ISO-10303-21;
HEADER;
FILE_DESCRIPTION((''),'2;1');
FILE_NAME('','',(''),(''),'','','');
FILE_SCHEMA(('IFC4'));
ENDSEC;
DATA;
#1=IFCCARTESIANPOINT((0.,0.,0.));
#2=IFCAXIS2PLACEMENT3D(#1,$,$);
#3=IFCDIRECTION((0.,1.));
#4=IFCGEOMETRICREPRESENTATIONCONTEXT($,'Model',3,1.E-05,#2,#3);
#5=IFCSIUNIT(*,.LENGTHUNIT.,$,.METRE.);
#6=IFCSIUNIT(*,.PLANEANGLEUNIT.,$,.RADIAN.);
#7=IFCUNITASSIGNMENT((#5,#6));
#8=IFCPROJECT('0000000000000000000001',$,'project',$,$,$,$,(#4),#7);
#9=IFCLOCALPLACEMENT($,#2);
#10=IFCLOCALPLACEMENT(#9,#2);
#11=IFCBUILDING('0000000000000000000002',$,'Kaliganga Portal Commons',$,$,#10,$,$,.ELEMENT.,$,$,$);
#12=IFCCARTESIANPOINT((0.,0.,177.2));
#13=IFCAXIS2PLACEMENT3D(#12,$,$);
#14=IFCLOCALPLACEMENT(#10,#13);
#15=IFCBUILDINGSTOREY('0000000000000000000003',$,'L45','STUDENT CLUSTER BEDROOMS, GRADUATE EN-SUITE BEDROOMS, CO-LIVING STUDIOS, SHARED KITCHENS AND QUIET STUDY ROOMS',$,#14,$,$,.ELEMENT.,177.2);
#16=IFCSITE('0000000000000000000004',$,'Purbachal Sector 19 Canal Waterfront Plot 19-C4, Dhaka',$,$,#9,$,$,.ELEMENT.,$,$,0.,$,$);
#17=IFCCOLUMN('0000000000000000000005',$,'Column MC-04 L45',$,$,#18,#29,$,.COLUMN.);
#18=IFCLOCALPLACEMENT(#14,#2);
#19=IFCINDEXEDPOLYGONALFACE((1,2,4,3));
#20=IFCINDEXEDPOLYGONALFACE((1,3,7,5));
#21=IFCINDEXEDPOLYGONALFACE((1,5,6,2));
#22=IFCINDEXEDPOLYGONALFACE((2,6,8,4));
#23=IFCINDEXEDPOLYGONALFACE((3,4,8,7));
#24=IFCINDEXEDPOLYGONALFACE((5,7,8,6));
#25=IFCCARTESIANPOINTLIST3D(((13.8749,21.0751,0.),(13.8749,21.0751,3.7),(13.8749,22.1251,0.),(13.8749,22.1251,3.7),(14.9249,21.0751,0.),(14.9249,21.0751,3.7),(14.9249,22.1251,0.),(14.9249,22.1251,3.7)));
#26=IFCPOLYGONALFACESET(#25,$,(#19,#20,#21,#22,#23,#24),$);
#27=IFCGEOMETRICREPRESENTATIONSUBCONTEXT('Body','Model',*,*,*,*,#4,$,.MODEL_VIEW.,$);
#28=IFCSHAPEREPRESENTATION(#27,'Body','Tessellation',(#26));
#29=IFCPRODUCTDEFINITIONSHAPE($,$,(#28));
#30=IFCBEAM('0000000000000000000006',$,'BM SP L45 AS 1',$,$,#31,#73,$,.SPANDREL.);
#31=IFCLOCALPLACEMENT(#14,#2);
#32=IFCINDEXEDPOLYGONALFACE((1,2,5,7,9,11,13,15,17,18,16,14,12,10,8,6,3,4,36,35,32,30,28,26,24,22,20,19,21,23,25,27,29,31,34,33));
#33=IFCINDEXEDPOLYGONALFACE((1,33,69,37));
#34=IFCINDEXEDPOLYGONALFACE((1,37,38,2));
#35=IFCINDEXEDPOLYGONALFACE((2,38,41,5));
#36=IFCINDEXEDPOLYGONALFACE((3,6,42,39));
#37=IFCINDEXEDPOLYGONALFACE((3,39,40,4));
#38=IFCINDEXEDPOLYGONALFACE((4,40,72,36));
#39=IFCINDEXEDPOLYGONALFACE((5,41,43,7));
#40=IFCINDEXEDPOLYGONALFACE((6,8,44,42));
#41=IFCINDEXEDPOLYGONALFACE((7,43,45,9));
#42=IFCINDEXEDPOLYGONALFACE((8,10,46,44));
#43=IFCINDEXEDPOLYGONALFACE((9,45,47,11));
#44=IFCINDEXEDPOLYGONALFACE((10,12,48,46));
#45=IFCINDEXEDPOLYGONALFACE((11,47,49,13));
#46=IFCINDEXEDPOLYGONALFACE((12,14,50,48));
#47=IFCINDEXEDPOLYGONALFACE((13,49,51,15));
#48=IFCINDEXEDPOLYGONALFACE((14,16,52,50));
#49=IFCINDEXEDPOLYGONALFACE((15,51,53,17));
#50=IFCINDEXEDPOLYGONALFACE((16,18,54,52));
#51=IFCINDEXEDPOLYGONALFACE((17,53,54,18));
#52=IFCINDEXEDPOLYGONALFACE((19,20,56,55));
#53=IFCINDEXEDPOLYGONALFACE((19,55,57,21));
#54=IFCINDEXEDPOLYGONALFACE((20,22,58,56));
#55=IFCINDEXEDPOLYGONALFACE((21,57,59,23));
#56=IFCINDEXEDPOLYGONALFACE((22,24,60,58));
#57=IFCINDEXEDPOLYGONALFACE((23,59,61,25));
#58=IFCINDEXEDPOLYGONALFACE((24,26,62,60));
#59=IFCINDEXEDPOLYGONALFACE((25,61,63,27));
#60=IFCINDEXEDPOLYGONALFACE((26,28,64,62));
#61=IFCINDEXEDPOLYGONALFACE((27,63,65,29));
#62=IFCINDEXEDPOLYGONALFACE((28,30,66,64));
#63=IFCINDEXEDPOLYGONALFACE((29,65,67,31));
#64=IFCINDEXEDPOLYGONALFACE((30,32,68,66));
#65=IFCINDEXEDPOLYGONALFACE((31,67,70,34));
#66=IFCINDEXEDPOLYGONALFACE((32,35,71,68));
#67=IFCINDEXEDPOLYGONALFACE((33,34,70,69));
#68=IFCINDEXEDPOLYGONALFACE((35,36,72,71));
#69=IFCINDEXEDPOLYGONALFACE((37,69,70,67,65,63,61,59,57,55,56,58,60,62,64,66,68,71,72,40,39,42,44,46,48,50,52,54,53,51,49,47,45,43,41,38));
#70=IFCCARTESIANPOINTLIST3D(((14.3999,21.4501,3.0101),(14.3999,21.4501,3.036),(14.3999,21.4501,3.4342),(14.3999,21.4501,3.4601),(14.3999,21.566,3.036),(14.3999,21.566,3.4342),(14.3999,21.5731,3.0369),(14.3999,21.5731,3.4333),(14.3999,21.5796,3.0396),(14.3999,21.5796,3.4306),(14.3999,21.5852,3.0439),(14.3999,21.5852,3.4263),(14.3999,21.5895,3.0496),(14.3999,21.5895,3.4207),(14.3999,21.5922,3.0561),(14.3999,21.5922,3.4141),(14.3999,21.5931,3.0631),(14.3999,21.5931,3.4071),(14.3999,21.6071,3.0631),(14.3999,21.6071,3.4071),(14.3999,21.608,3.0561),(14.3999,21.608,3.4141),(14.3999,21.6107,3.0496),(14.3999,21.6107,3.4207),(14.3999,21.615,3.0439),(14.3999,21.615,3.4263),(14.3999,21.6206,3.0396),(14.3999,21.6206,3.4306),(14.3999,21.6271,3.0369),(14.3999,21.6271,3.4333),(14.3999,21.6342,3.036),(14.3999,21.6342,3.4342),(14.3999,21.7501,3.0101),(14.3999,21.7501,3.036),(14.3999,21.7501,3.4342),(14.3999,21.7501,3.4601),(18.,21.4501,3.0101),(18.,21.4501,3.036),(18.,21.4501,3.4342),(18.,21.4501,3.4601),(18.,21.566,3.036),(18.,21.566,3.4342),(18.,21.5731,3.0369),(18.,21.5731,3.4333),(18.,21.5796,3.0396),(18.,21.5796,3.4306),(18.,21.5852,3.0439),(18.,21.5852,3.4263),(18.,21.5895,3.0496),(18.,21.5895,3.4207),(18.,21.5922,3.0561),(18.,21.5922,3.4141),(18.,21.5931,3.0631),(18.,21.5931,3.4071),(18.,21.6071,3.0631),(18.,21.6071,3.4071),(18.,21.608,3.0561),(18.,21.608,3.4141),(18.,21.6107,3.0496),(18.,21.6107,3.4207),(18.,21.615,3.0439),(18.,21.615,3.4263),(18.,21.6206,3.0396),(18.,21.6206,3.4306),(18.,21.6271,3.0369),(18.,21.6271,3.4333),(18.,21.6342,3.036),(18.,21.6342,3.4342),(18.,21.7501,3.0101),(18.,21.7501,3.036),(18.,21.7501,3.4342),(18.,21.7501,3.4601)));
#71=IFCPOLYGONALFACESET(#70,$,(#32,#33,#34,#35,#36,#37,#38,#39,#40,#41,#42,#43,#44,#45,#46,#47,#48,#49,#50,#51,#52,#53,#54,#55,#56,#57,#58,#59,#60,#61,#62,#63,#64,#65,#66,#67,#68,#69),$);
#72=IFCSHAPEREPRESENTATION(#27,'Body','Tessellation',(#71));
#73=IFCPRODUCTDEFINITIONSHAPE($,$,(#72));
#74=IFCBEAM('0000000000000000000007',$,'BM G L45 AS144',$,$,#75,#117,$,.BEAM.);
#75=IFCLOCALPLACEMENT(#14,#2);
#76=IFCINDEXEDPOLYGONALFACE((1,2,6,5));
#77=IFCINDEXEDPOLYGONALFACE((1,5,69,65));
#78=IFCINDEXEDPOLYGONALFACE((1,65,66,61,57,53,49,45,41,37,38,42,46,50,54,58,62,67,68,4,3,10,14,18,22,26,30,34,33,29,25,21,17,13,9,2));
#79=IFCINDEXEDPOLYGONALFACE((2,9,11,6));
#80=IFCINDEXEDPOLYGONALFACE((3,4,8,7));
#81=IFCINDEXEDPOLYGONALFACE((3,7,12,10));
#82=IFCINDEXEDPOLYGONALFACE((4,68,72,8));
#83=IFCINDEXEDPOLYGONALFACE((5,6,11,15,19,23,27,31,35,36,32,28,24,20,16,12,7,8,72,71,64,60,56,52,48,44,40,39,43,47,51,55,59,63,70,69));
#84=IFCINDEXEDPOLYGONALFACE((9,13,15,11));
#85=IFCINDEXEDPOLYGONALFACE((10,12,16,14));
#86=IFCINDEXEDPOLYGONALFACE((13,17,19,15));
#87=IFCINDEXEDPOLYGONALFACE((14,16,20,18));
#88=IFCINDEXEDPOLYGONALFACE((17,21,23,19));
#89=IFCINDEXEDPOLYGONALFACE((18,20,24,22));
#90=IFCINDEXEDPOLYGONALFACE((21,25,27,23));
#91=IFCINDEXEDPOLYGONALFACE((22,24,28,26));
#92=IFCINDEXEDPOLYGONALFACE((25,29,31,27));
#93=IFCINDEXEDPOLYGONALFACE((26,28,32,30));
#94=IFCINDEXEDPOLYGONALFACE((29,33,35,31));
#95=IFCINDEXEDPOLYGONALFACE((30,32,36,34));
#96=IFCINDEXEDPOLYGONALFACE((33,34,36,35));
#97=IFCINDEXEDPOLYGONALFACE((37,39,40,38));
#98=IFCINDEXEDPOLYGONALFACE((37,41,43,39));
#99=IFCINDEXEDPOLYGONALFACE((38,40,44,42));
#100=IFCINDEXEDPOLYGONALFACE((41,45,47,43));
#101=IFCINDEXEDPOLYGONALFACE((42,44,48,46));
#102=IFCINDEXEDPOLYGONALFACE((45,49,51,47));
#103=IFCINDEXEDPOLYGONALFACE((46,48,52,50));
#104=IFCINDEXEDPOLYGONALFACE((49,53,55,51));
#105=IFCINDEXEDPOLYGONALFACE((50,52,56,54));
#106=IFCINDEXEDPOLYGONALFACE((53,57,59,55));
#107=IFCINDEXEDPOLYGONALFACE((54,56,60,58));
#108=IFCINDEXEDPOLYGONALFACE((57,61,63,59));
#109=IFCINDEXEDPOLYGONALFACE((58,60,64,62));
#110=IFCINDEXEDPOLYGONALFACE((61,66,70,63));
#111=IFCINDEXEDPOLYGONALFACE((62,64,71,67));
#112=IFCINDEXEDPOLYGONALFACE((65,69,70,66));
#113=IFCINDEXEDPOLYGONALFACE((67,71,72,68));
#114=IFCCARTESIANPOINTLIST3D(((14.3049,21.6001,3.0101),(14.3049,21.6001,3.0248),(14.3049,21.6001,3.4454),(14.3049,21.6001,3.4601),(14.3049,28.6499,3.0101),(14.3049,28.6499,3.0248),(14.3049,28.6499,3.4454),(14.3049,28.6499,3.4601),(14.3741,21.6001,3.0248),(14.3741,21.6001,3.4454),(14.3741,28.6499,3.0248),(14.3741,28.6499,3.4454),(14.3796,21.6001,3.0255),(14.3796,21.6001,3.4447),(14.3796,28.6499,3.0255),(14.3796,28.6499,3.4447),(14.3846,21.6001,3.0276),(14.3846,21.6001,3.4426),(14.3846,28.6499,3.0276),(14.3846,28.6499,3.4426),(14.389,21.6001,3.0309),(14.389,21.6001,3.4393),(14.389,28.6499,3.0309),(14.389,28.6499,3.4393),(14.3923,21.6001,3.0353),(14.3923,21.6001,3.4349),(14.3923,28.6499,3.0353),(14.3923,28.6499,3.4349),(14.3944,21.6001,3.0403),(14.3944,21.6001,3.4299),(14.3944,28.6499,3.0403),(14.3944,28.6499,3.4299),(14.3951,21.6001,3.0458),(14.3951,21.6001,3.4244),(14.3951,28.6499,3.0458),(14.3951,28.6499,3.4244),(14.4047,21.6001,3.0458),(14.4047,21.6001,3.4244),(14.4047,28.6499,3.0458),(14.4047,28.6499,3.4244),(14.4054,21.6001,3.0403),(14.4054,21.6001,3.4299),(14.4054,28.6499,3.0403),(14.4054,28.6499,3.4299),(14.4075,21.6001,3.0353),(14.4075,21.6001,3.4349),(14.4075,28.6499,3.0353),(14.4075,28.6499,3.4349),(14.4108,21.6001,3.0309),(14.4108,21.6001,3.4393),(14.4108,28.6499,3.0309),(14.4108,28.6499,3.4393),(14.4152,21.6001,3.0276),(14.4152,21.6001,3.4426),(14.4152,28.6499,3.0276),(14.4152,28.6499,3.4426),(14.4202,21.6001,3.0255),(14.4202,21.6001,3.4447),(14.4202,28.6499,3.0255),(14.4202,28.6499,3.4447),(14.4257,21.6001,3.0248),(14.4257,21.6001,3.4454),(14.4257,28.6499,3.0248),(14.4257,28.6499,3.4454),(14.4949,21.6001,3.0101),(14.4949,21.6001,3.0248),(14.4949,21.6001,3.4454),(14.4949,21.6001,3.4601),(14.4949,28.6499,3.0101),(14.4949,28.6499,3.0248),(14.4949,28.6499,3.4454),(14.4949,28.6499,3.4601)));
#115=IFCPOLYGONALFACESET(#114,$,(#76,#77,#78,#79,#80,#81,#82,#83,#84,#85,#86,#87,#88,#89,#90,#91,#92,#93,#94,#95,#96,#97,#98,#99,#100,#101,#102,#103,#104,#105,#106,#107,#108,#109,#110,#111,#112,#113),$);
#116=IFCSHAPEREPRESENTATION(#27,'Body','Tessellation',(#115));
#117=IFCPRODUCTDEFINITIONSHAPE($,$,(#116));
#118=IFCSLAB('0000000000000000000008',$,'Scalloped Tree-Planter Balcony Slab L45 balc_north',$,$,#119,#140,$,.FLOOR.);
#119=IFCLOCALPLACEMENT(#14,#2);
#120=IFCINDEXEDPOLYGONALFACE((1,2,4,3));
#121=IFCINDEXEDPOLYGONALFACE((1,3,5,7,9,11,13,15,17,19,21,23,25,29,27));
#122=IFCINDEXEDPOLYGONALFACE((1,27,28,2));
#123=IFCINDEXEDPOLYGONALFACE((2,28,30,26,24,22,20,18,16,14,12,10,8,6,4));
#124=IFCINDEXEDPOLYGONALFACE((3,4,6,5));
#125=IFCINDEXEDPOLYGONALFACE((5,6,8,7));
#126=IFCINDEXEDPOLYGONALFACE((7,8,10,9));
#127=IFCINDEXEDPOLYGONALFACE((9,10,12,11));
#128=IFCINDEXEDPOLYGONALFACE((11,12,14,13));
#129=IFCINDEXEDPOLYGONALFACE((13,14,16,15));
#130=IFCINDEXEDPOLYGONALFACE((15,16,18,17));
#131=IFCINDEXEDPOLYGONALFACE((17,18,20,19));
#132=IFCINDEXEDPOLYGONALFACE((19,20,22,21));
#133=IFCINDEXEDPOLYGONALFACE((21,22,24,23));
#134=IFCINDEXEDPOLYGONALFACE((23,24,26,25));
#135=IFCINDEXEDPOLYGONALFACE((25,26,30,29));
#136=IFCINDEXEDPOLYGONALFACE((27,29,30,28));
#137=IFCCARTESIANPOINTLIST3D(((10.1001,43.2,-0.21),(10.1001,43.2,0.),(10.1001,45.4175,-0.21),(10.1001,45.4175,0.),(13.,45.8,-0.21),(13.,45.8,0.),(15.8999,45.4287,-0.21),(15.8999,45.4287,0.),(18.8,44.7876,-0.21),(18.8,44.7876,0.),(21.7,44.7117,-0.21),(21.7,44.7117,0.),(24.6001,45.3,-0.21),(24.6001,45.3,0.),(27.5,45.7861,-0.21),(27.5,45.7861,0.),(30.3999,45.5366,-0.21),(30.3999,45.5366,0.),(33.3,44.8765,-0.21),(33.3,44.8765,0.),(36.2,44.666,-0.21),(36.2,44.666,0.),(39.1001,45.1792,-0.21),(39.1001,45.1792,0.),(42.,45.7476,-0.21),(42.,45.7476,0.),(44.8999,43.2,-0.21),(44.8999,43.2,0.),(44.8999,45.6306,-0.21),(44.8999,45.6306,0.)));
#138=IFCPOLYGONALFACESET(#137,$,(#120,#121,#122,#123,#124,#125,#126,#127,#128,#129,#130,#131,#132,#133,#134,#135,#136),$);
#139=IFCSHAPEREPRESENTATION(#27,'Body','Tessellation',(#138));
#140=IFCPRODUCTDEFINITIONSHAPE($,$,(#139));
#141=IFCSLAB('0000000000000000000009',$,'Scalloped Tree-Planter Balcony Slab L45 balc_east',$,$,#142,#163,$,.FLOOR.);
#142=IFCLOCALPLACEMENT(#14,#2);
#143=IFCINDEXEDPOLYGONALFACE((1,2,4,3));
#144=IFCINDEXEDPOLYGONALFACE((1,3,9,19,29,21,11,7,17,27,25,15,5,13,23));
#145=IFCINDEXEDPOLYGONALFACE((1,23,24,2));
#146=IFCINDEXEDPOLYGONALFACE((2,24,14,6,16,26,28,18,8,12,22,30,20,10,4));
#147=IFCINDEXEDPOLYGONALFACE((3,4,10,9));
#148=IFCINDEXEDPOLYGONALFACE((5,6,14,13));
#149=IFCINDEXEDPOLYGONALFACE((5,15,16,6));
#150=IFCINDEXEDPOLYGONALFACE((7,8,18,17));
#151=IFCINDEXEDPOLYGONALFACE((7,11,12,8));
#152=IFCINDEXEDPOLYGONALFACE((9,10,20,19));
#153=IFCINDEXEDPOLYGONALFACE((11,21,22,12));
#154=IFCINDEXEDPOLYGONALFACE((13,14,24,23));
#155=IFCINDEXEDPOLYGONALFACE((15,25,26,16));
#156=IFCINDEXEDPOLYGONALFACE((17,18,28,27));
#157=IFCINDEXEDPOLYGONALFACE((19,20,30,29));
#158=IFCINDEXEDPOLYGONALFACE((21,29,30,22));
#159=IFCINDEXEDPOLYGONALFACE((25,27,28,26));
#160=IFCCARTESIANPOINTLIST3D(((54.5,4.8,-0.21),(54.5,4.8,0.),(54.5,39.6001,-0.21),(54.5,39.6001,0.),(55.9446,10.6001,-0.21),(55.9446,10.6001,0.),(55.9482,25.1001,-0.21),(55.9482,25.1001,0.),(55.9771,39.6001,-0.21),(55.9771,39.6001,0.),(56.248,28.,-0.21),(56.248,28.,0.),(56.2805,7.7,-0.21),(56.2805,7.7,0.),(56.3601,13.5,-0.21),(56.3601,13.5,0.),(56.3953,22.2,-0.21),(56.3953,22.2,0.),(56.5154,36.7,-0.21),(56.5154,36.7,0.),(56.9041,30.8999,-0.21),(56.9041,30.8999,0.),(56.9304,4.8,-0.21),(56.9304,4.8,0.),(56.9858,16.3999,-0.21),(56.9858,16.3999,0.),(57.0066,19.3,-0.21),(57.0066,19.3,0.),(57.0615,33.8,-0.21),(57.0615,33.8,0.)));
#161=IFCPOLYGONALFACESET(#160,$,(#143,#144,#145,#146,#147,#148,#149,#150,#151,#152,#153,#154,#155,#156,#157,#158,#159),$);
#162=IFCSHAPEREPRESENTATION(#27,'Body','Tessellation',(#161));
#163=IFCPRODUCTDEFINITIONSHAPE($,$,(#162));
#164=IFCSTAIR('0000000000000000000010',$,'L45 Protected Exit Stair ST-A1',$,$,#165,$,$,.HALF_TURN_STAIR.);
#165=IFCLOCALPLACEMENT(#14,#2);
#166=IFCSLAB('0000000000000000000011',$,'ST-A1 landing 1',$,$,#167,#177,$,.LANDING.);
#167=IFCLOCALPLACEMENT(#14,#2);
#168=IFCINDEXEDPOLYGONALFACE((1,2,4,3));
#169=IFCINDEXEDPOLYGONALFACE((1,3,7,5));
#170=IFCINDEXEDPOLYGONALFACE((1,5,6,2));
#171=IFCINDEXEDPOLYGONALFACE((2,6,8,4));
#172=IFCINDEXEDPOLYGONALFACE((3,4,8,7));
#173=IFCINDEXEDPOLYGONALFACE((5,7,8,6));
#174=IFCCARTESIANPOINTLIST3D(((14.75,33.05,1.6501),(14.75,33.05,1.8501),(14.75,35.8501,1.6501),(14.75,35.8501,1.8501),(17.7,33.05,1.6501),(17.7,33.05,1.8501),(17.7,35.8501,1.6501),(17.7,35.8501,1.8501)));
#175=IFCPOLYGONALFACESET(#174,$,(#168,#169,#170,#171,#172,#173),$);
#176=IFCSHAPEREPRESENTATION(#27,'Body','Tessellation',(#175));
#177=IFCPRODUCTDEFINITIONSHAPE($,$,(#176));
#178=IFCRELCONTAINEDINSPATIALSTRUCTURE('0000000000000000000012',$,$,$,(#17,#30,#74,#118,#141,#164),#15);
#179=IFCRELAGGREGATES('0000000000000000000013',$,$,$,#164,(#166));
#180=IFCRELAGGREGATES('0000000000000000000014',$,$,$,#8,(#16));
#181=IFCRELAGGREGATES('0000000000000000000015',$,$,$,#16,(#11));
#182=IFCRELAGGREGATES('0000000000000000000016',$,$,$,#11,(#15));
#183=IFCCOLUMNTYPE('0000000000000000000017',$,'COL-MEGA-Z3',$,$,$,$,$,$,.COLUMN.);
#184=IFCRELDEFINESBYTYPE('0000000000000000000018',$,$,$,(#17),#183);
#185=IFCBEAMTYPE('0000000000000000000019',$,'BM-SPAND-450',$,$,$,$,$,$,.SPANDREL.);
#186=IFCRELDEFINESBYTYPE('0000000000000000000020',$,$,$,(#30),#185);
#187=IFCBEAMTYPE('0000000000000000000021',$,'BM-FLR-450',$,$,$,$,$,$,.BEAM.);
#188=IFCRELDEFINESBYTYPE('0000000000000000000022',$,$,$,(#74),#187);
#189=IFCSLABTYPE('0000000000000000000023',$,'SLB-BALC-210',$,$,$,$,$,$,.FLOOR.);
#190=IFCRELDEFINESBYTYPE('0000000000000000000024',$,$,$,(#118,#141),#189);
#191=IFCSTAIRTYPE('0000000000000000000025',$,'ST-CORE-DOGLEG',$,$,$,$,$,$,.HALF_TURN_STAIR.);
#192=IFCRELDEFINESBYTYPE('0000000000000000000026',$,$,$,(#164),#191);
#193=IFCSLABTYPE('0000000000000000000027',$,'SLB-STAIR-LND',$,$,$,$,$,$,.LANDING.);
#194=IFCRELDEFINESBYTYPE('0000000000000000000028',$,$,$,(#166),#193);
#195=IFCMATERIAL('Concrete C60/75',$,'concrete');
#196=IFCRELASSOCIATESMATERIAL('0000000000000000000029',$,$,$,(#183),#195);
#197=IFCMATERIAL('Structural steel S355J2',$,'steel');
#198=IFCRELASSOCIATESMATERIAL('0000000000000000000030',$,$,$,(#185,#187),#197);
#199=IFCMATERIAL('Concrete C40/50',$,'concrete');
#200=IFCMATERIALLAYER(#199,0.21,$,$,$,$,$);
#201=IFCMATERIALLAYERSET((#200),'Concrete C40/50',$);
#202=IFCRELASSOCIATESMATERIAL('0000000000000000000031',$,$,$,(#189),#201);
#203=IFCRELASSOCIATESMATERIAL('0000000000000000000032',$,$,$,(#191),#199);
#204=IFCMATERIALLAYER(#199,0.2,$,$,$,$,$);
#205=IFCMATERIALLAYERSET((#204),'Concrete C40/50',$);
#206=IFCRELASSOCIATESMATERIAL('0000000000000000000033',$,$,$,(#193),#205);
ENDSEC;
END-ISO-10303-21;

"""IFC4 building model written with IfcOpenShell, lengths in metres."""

from ifc_helpers import new_model, si_unit, direction, frame, origin, origin_2d, place, context, subcontext, project, spatial, polyline, rectangle, i_section, outline, extrude, source, transform, mapped, material, layer, layer_set, material_profile, profile_set, type_object, element, aggregate, save


model = new_model("IFC4")

# Units and contexts
model_context = context("Model", 3, precision=1e-05, world=origin(), true_north=direction((0.0, 1.0)))
body_context = subcontext(model_context, "Body", "Model", "MODEL_VIEW")
ifc_project = project(units=[si_unit("LENGTHUNIT", "METRE"), si_unit("PLANEANGLEUNIT", "RADIAN")], contexts=[model_context])

# Site, building, storey
site_placement = place(None, origin())
site = spatial("IfcSite", under=ifc_project, at=site_placement, Name="Purbachal Sector 19 Canal Waterfront Plot 19-C4, Dhaka", CompositionType="ELEMENT", RefElevation=0.0)
building_placement = place(site_placement, origin())
building = spatial("IfcBuilding", under=site, at=building_placement, Name="Kaliganga Portal Commons", CompositionType="ELEMENT")
storey_placement = place(building_placement, frame((0.0, 0.0, 177.2)))
storey = spatial("IfcBuildingStorey", under=building, at=storey_placement, Name="L45", Description="STUDENT CLUSTER BEDROOMS, GRADUATE EN-SUITE BEDROOMS, CO-LIVING STUDIOS, SHARED KITCHENS AND QUIET STUDY ROOMS", CompositionType="ELEMENT", Elevation=177.2)

# Column
ifc_material_1 = material(Name="Concrete C60/75", Category="concrete")
ifc_material_profile_1 = material_profile(ifc_material_1, rectangle(XDim=1.05, YDim=1.05, at=origin_2d()), Name="RC 1050x1050")
ifc_profile_set_1 = profile_set([ifc_material_profile_1], Name="Concrete C60/75")
column_type = type_object("IfcColumnType", Name="COL-MEGA-Z3", PredefinedType="COLUMN", material=ifc_profile_set_1)
shared_shape_1 = source(origin(), body_context, "Body", "SweptSolid", [
    extrude(rectangle(XDim=1.05, YDim=1.05, at=origin_2d()), origin(), (0.0, 0.0, 1.0), 3.7),
])
column_placement = place(storey_placement, frame((14.3999, 21.6001, 0.0), z_axis=(0.0, 0.0, 1.0), x_axis=(1.0, 0.0, 0.0)))
element("IfcColumn", 1, at=column_placement, inside=storey, type_object=column_type, Name="Column MC-04 L45", PredefinedType="COLUMN", context=body_context, shape_type="MappedRepresentation", body=[
    mapped(shared_shape_1, transform((0.0, 0.0, 0.0), x_axis=(1.0, 0.0, 0.0), y_axis=(0.0, 1.0, 0.0), z_axis=(0.0, 0.0, 1.0), scale=1.0)),
])

# Beams
ifc_material_2 = material(Name="Structural steel S355J2", Category="steel")
ifc_material_profile_2 = material_profile(ifc_material_2, i_section(OverallWidth=0.3, OverallDepth=0.45, WebThickness=0.0139, FlangeThickness=0.0259, FilletRadius=0.0271, at=origin_2d()), Name="HE 450 B")
ifc_profile_set_2 = profile_set([ifc_material_profile_2], Name="Structural steel S355J2 wide-flange")
beam_type_1 = type_object("IfcBeamType", Name="BM-SPAND-450", PredefinedType="SPANDREL", material=ifc_profile_set_2)
shared_shape_2 = source(origin(), body_context, "Body", "SweptSolid", [
    extrude(i_section(OverallWidth=0.3, OverallDepth=0.45, WebThickness=0.0139, FlangeThickness=0.0259, FilletRadius=0.0271, at=origin_2d()), origin(), (0.0, 0.0, 1.0), 3.6001),
])
beam_1_placement = place(storey_placement, frame((14.3999, 21.6001, 3.2351), z_axis=(1.0, 0.0, 0.0), x_axis=(0.0, 1.0, 0.0)))
element("IfcBeam", 2, at=beam_1_placement, inside=storey, type_object=beam_type_1, Name="BM SP L45 AS 1", PredefinedType="SPANDREL", context=body_context, shape_type="MappedRepresentation", body=[
    mapped(shared_shape_2, transform((0.0, 0.0, 0.0), x_axis=(1.0, 0.0, 0.0), y_axis=(0.0, 1.0, 0.0), z_axis=(0.0, 0.0, 1.0), scale=1.0)),
])
ifc_material_profile_3 = material_profile(ifc_material_2, i_section(OverallWidth=0.1899, OverallDepth=0.45, WebThickness=0.0095, FlangeThickness=0.0146, FilletRadius=0.021, at=origin_2d()), Name="IPE 450")
ifc_profile_set_3 = profile_set([ifc_material_profile_3], Name="Structural steel S355J2 wide-flange")
beam_type_2 = type_object("IfcBeamType", Name="BM-FLR-450", PredefinedType="BEAM", material=ifc_profile_set_3)
shared_shape_3 = source(origin(), body_context, "Body", "SweptSolid", [
    extrude(i_section(OverallWidth=0.1899, OverallDepth=0.45, WebThickness=0.0095, FlangeThickness=0.0146, FilletRadius=0.021, at=origin_2d()), origin(), (0.0, 0.0, 1.0), 7.0498),
])
beam_2_placement = place(storey_placement, frame((14.3999, 21.6001, 3.2351), z_axis=(0.0, 1.0, 0.0), x_axis=(-1.0, 0.0, 0.0)))
element("IfcBeam", 3, at=beam_2_placement, inside=storey, type_object=beam_type_2, Name="BM G L45 AS144", PredefinedType="BEAM", context=body_context, shape_type="MappedRepresentation", body=[
    mapped(shared_shape_3, transform((0.0, 0.0, 0.0), x_axis=(1.0, 0.0, 0.0), y_axis=(0.0, 1.0, 0.0), z_axis=(0.0, 0.0, 1.0), scale=1.0)),
])

# Slabs
ifc_material_3 = material(Name="Concrete C40/50", Category="concrete")
ifc_layer_1 = layer(ifc_material_3, 0.21)
ifc_layer_set_1 = layer_set([ifc_layer_1], Name="Concrete C40/50")
slab_type_1 = type_object("IfcSlabType", Name="SLB-BALC-210", PredefinedType="FLOOR", material=ifc_layer_set_1)
slab_1_placement = place(storey_placement, frame((0.0, 0.0, -0.21)))
element("IfcSlab", 4, at=slab_1_placement, inside=storey, type_object=slab_type_1, Name="Scalloped Tree-Planter Balcony Slab L45 balc_north", PredefinedType="FLOOR", context=body_context, shape_type="SweptSolid", body=[
    extrude(outline(polyline([(44.8999, 43.2), (44.8999, 45.6306), (42.0, 45.7476), (39.1001, 45.1792), (36.2, 44.666), (33.3, 44.8765), (30.3999, 45.5366), (27.5, 45.7861), (24.6001, 45.3), (21.7, 44.7117), (18.8, 44.7876), (15.8999, 45.4287), (13.0, 45.8), (10.1001, 45.4175), (10.1001, 43.2), (44.8999, 43.2)])), origin(), (0.0, 0.0, 1.0), 0.21),
])
slab_2_placement = place(storey_placement, frame((0.0, 0.0, -0.21)))
element("IfcSlab", 5, at=slab_2_placement, inside=storey, type_object=slab_type_1, Name="Scalloped Tree-Planter Balcony Slab L45 balc_east", PredefinedType="FLOOR", context=body_context, shape_type="SweptSolid", body=[
    extrude(outline(polyline([(54.5, 4.8), (56.9304, 4.8), (56.2805, 7.7), (55.9446, 10.6001), (56.3601, 13.5), (56.9858, 16.3999), (57.0066, 19.3), (56.3953, 22.2), (55.9482, 25.1001), (56.248, 28.0), (56.9041, 30.8999), (57.0615, 33.8), (56.5154, 36.7), (55.9771, 39.6001), (54.5, 39.6001), (54.5, 4.8)])), origin(), (0.0, 0.0, 1.0), 0.21),
])

# Stair, slab
stair_type = type_object("IfcStairType", Name="ST-CORE-DOGLEG", PredefinedType="HALF_TURN_STAIR", material=ifc_material_3)
stair_1_placement = place(storey_placement, origin())
stair_1 = element("IfcStair", 6, at=stair_1_placement, inside=storey, type_object=stair_type, Name="L45 Protected Exit Stair ST-A1", PredefinedType="HALF_TURN_STAIR")
ifc_layer_2 = layer(ifc_material_3, 0.2)
ifc_layer_set_2 = layer_set([ifc_layer_2], Name="Concrete C40/50")
slab_type_2 = type_object("IfcSlabType", Name="SLB-STAIR-LND", PredefinedType="LANDING", material=ifc_layer_set_2)
slab_3_placement = place(storey_placement, frame((0.0, 0.0, 1.6501)))
slab_3 = element("IfcSlab", 7, at=slab_3_placement, type_object=slab_type_2, Name="ST-A1 landing 1", PredefinedType="LANDING", context=body_context, shape_type="SweptSolid", body=[
    extrude(outline(polyline([(17.7, 33.05), (17.7, 35.8501), (14.75, 35.8501), (14.75, 33.05), (17.7, 33.05)])), origin(), (0.0, 0.0, 1.0), 0.2),
])
aggregate(stair_1, [slab_3])

save(model, "model.ifc")
